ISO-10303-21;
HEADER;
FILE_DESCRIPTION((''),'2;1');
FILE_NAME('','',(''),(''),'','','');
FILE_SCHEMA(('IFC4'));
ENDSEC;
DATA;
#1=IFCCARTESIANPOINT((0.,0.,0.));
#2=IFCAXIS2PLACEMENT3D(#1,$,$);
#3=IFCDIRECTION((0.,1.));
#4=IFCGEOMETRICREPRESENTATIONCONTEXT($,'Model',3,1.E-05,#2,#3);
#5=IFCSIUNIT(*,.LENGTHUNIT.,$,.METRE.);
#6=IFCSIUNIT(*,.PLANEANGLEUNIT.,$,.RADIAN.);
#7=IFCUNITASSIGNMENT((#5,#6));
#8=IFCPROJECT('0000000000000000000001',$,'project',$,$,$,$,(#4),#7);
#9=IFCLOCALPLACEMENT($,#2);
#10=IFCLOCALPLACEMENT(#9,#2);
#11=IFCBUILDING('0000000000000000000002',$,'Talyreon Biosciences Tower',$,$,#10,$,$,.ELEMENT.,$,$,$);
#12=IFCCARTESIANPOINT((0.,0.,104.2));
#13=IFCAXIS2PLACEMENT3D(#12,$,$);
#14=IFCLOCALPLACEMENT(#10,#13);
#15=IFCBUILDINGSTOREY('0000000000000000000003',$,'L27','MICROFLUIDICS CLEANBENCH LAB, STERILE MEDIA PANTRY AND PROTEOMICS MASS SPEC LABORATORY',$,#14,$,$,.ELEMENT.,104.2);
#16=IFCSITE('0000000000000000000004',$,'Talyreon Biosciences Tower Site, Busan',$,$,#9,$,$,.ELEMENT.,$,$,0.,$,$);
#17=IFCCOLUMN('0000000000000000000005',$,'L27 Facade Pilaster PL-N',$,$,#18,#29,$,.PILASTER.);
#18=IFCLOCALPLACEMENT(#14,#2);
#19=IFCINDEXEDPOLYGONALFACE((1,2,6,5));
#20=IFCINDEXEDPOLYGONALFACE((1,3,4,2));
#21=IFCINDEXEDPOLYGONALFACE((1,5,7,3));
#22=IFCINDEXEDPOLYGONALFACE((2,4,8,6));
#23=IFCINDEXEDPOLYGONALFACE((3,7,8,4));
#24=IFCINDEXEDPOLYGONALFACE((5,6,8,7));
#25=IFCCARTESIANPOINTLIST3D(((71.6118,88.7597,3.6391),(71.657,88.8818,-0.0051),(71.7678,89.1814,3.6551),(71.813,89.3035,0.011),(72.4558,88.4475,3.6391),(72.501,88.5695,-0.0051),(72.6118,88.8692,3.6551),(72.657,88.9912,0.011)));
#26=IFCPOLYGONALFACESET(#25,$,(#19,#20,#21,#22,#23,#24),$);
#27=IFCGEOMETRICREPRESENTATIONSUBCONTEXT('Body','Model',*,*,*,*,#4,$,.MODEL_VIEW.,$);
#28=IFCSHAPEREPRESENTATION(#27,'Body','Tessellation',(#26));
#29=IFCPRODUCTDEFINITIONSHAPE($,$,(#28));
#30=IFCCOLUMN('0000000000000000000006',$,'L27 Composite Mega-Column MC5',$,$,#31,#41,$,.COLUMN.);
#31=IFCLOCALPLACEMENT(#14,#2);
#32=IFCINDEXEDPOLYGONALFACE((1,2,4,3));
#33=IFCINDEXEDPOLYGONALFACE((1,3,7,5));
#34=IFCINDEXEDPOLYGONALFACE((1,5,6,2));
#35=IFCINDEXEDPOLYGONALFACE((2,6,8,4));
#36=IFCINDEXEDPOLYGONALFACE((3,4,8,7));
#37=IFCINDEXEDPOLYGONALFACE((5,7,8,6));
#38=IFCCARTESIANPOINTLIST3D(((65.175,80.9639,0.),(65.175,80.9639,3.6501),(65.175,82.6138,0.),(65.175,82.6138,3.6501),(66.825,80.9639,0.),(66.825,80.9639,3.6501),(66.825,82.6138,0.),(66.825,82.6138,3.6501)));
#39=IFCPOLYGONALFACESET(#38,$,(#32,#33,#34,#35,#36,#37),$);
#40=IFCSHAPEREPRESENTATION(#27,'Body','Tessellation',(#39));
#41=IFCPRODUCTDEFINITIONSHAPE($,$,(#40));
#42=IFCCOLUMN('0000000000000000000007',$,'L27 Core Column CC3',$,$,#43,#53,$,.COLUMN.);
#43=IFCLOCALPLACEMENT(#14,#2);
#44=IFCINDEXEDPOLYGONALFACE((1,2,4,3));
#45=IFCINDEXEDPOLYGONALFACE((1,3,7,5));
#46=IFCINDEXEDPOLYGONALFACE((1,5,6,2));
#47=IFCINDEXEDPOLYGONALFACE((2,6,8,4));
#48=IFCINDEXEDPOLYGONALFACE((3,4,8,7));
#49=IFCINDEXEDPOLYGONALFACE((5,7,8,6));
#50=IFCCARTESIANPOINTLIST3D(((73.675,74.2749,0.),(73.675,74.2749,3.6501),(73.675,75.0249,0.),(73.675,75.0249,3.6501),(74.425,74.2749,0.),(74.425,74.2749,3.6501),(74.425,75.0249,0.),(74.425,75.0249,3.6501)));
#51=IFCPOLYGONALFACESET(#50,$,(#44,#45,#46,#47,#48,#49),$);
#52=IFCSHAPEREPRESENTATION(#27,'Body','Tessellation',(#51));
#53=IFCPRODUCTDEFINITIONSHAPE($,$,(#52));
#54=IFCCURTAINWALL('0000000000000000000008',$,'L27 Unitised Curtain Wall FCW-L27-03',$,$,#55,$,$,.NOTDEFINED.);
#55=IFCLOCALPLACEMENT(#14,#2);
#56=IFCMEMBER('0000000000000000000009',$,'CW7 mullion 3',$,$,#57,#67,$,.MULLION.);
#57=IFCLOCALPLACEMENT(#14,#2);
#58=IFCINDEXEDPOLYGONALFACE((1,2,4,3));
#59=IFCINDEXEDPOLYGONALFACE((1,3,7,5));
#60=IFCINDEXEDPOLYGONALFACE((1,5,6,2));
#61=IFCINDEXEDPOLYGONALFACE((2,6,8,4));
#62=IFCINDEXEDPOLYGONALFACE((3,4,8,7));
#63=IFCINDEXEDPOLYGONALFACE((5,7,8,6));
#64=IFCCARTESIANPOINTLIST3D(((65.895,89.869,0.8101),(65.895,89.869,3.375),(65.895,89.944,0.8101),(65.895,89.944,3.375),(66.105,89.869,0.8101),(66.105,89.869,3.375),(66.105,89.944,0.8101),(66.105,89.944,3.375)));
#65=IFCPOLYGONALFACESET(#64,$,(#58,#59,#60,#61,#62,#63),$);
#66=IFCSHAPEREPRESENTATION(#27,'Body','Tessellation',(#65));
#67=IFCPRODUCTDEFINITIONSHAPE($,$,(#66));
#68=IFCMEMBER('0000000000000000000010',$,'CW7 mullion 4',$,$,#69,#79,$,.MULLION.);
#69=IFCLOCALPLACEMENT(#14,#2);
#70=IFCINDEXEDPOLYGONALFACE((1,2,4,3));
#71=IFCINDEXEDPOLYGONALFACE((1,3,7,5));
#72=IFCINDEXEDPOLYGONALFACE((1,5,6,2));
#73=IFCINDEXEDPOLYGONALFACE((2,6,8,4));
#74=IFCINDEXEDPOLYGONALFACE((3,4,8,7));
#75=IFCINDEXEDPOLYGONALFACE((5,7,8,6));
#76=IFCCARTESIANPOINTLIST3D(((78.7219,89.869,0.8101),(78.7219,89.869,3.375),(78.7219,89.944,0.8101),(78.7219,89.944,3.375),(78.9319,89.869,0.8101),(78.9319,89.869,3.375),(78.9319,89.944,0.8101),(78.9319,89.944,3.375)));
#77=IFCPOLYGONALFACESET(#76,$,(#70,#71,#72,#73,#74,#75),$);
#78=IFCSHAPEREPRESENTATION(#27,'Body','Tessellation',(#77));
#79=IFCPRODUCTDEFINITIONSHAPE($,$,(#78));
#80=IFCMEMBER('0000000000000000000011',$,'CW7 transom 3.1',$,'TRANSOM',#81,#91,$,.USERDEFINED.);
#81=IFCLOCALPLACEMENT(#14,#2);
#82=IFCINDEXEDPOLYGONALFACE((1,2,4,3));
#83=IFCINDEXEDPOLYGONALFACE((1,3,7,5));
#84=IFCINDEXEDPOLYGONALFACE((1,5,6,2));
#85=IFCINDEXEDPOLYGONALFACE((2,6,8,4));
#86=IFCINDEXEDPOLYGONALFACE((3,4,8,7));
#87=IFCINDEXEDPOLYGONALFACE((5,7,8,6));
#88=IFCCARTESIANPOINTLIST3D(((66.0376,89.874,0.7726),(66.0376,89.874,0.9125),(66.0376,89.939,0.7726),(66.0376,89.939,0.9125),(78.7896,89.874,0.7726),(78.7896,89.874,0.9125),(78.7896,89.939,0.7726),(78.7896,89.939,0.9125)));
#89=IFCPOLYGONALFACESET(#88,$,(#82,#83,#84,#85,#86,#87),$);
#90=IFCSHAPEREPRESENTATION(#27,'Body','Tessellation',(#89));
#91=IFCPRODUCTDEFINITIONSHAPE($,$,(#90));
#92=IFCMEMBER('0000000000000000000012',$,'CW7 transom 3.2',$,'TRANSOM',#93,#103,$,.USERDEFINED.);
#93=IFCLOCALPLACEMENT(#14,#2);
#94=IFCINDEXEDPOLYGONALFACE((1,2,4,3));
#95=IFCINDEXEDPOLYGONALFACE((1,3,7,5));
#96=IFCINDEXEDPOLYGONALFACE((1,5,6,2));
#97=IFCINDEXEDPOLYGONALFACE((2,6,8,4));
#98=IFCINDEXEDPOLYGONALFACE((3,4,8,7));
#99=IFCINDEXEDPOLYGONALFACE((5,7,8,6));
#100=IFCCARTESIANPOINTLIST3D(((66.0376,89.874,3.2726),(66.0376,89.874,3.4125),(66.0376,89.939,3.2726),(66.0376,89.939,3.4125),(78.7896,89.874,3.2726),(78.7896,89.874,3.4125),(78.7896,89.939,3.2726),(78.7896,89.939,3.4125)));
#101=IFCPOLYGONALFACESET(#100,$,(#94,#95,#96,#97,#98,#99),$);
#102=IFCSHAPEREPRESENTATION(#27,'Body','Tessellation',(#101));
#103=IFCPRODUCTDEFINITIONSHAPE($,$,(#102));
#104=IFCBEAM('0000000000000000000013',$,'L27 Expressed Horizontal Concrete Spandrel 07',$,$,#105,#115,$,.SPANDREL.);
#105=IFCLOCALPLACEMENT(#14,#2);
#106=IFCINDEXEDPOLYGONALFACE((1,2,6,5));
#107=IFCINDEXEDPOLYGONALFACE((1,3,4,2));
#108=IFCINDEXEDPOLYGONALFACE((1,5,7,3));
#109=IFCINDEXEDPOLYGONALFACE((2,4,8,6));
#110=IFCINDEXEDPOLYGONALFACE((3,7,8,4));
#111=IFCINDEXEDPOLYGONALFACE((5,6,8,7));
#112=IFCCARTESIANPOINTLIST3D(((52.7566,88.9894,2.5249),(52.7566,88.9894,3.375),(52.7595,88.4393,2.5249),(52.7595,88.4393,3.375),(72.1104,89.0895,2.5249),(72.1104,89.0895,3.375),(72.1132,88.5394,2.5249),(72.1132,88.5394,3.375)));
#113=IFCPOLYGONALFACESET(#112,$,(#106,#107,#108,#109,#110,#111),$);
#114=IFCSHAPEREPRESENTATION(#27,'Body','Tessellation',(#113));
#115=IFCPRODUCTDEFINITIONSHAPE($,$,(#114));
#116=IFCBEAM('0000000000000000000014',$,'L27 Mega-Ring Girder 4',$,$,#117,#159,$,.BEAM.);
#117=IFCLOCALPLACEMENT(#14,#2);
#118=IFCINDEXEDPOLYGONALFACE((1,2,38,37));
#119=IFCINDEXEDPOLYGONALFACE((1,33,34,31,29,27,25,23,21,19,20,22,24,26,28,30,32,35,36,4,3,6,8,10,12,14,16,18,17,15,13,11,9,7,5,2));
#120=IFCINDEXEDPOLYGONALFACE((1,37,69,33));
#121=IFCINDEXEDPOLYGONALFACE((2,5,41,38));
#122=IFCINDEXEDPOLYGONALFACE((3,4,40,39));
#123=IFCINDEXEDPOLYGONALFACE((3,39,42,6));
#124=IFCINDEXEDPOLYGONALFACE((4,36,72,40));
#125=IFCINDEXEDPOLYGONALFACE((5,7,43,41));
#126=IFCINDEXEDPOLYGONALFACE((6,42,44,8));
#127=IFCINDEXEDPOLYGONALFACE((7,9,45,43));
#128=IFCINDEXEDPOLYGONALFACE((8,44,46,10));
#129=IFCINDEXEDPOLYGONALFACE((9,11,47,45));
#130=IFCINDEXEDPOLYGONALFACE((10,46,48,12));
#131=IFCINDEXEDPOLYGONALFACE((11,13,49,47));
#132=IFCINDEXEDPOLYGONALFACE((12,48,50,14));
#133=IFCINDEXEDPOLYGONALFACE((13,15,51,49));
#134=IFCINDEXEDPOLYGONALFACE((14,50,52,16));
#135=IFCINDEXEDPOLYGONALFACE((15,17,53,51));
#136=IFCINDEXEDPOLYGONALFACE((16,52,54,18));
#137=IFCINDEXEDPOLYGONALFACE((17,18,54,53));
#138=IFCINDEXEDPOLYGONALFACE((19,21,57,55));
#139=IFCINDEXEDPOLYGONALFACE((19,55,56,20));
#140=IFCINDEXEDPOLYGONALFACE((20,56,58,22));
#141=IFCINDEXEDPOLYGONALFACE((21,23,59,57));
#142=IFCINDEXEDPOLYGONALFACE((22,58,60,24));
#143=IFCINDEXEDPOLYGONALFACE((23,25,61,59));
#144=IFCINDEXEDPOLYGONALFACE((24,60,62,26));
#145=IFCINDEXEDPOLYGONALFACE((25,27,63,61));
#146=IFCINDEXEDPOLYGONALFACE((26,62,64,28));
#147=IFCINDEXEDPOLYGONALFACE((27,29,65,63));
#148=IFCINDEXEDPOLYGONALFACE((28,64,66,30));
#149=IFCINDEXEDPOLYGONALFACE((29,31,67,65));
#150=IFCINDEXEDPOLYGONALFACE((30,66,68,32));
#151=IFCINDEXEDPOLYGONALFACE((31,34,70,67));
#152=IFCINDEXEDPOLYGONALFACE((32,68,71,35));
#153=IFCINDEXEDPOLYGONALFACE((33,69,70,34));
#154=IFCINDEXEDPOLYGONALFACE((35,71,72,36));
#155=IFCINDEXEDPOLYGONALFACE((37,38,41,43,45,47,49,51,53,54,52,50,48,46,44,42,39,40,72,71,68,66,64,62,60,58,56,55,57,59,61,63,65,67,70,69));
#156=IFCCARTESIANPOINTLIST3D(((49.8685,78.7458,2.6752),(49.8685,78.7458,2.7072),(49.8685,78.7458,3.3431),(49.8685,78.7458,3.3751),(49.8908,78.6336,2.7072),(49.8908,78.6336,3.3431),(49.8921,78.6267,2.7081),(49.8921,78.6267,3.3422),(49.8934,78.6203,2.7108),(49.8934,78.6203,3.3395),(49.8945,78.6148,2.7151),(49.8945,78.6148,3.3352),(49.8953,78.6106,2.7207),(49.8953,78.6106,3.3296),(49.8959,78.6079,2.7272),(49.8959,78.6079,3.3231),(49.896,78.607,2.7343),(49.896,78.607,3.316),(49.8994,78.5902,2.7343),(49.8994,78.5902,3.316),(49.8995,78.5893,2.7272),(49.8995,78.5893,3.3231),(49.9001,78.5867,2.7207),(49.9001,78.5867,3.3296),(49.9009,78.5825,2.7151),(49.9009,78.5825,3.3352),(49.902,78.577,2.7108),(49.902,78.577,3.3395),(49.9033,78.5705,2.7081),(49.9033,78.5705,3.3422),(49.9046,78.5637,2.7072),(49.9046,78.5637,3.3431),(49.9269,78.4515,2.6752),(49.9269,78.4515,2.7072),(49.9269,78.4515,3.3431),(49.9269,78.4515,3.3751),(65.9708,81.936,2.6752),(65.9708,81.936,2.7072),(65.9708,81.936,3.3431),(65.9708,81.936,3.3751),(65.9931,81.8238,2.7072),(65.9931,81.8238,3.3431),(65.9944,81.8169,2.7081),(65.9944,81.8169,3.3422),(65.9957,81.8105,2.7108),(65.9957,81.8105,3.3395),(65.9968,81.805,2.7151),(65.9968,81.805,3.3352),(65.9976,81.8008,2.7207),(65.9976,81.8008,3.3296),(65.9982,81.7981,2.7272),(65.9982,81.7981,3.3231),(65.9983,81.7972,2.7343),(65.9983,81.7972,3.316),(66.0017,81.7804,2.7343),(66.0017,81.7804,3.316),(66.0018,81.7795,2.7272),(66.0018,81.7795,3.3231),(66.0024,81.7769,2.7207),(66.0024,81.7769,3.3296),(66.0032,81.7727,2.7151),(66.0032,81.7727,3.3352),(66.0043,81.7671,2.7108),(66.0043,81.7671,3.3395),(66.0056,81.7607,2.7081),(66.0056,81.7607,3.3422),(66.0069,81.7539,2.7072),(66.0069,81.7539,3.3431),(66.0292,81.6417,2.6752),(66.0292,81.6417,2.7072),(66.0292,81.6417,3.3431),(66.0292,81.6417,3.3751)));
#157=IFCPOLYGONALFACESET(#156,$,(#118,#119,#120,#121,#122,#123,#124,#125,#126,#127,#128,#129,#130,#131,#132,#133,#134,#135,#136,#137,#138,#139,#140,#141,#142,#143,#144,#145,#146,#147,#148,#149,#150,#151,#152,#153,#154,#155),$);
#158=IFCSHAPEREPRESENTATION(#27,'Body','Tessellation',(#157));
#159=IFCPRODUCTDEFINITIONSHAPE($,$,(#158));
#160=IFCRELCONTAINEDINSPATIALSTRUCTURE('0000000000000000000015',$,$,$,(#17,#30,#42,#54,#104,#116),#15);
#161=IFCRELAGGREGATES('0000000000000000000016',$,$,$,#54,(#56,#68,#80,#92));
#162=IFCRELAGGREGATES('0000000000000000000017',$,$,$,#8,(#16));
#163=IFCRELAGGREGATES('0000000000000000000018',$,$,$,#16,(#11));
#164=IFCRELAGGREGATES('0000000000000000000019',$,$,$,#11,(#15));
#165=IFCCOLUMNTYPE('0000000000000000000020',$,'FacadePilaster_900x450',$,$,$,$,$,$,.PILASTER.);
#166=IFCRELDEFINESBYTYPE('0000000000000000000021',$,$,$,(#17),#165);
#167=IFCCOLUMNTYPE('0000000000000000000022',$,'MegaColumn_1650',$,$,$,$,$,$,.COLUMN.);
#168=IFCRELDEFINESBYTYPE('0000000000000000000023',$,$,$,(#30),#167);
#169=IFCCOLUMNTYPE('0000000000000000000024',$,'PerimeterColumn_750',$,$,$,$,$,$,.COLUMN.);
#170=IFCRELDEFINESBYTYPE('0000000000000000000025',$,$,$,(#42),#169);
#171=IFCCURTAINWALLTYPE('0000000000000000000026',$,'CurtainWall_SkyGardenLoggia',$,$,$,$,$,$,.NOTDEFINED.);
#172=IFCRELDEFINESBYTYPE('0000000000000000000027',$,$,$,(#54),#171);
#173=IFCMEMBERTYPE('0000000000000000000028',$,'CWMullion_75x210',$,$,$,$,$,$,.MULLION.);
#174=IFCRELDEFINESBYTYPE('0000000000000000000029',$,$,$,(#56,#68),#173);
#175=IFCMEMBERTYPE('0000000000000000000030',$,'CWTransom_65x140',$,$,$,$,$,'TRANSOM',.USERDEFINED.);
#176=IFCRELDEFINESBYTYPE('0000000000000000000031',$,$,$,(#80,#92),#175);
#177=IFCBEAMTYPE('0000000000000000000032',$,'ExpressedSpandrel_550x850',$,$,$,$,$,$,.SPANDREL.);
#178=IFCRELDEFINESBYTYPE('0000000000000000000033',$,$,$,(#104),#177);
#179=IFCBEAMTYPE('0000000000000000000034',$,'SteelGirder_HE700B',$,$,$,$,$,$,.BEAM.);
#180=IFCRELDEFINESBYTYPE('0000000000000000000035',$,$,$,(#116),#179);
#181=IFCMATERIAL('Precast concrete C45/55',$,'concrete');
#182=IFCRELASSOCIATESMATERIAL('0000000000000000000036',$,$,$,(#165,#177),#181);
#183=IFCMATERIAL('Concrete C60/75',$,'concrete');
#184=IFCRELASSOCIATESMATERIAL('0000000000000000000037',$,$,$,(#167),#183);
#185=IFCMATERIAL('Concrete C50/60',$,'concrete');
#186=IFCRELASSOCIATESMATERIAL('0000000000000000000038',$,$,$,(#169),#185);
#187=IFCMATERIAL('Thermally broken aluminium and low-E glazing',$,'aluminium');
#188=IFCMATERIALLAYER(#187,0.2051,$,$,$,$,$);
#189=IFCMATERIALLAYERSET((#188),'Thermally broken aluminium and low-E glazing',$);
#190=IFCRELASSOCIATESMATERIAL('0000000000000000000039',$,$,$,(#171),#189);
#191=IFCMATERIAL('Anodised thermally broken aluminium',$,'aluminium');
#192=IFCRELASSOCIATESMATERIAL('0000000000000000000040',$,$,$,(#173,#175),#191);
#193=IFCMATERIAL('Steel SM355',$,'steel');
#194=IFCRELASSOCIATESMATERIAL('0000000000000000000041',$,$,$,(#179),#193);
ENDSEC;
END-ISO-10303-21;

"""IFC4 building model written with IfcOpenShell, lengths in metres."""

from ifc_helpers import new_model, si_unit, direction, frame, origin, origin_2d, place, context, subcontext, project, spatial, rectangle, i_section, extrude, material, layer, layer_set, material_profile, profile_set, type_object, element, aggregate, save


model = new_model("IFC4")

# Units and contexts
model_context = context("Model", 3, precision=1e-05, world=origin(), true_north=direction((0.0, 1.0)))
body_context = subcontext(model_context, "Body", "Model", "MODEL_VIEW")
ifc_project = project(units=[si_unit("LENGTHUNIT", "METRE"), si_unit("PLANEANGLEUNIT", "RADIAN")], contexts=[model_context])

# Site, building, storey
site_placement = place(None, origin())
site = spatial("IfcSite", under=ifc_project, at=site_placement, Name="Talyreon Biosciences Tower Site, Busan", CompositionType="ELEMENT", RefElevation=0.0)
building_placement = place(site_placement, origin())
building = spatial("IfcBuilding", under=site, at=building_placement, Name="Talyreon Biosciences Tower", CompositionType="ELEMENT")
storey_placement = place(building_placement, frame((0.0, 0.0, 104.2)))
storey = spatial("IfcBuildingStorey", under=building, at=storey_placement, Name="L27", Description="MICROFLUIDICS CLEANBENCH LAB, STERILE MEDIA PANTRY AND PROTEOMICS MASS SPEC LABORATORY", CompositionType="ELEMENT", Elevation=104.2)

# Columns
ifc_material_1 = material(Name="Precast concrete C45/55", Category="concrete")
ifc_material_profile_1 = material_profile(ifc_material_1, rectangle(XDim=0.8999, YDim=0.45, at=origin_2d()), Name="RC 900x450")
ifc_profile_set_1 = profile_set([ifc_material_profile_1], Name="Precast concrete C45/55")
column_type_1 = type_object("IfcColumnType", Name="FacadePilaster_900x450", PredefinedType="PILASTER", material=ifc_profile_set_1)
column_1_placement = place(storey_placement, frame((72.157, 88.9365, 0.0029), z_axis=(-0.012387, -0.033477, 0.999363), x_axis=(-0.937862, 0.347009, 0.0)))
element("IfcColumn", 1, at=column_1_placement, inside=storey, type_object=column_type_1, Name="L27 Facade Pilaster PL-N", PredefinedType="PILASTER", context=body_context, shape_type="SweptSolid", body=[
    extrude(rectangle(XDim=0.8999, YDim=0.45, at=origin_2d()), origin(), (0.0, 0.0, 1.0), 3.6465),
])
ifc_material_2 = material(Name="Concrete C60/75", Category="concrete")
ifc_material_profile_2 = material_profile(ifc_material_2, rectangle(XDim=1.6499, YDim=1.6499, at=origin_2d()), Name="RC 1650x1650")
ifc_profile_set_2 = profile_set([ifc_material_profile_2], Name="Concrete C60/75")
column_type_2 = type_object("IfcColumnType", Name="MegaColumn_1650", PredefinedType="COLUMN", material=ifc_profile_set_2)
column_2_placement = place(storey_placement, frame((66.0, 81.7888, 0.0), z_axis=(0.0, 0.0, 1.0), x_axis=(1.0, 0.0, 0.0)))
element("IfcColumn", 2, at=column_2_placement, inside=storey, type_object=column_type_2, Name="L27 Composite Mega-Column MC5", PredefinedType="COLUMN", context=body_context, shape_type="SweptSolid", body=[
    extrude(rectangle(XDim=1.6499, YDim=1.6499, at=origin_2d()), origin(), (0.0, 0.0, 1.0), 3.6501),
])
ifc_material_3 = material(Name="Concrete C50/60", Category="concrete")
ifc_material_profile_3 = material_profile(ifc_material_3, rectangle(XDim=0.75, YDim=0.75, at=origin_2d()), Name="RC 750x750")
ifc_profile_set_3 = profile_set([ifc_material_profile_3], Name="Concrete C50/60")
column_type_3 = type_object("IfcColumnType", Name="PerimeterColumn_750", PredefinedType="COLUMN", material=ifc_profile_set_3)
column_3_placement = place(storey_placement, frame((74.05, 74.6499, 0.0), z_axis=(0.0, 0.0, 1.0), x_axis=(1.0, 0.0, 0.0)))
element("IfcColumn", 3, at=column_3_placement, inside=storey, type_object=column_type_3, Name="L27 Core Column CC3", PredefinedType="COLUMN", context=body_context, shape_type="SweptSolid", body=[
    extrude(rectangle(XDim=0.75, YDim=0.75, at=origin_2d()), origin(), (0.0, 0.0, 1.0), 3.6501),
])

# Curtain wall, members
ifc_material_4 = material(Name="Thermally broken aluminium and low-E glazing", Category="aluminium")
ifc_layer_1 = layer(ifc_material_4, 0.2051)
ifc_layer_set_1 = layer_set([ifc_layer_1], Name="Thermally broken aluminium and low-E glazing")
curtain_wall_type = type_object("IfcCurtainWallType", Name="CurtainWall_SkyGardenLoggia", PredefinedType="NOTDEFINED", material=ifc_layer_set_1)
curtain_wall_placement = place(storey_placement, origin())
curtain_wall = element("IfcCurtainWall", 4, at=curtain_wall_placement, inside=storey, type_object=curtain_wall_type, Name="L27 Unitised Curtain Wall FCW-L27-03", PredefinedType="NOTDEFINED")
ifc_material_5 = material(Name="Anodised thermally broken aluminium", Category="aluminium")
ifc_material_profile_4 = material_profile(ifc_material_5, rectangle(XDim=0.075, YDim=0.21, at=origin_2d()), Name="ALUM MULLION 75x210")
ifc_profile_set_4 = profile_set([ifc_material_profile_4], Name="Anodised thermally broken aluminium")
member_type_1 = type_object("IfcMemberType", Name="CWMullion_75x210", PredefinedType="MULLION", material=ifc_profile_set_4)
member_1_placement = place(storey_placement, frame((66.0, 89.9065, 0.8101), z_axis=(0.0, 0.0, 1.0), x_axis=(0.0, 1.0, 0.0)))
member_1 = element("IfcMember", 5, at=member_1_placement, type_object=member_type_1, Name="CW7 mullion 3", PredefinedType="MULLION", context=body_context, shape_type="SweptSolid", body=[
    extrude(rectangle(XDim=0.075, YDim=0.21, at=origin_2d()), origin(), (0.0, 0.0, 1.0), 2.5649),
])
member_2_placement = place(storey_placement, frame((78.8269, 89.9065, 0.8101), z_axis=(0.0, 0.0, 1.0), x_axis=(0.0, 1.0, 0.0)))
member_2 = element("IfcMember", 6, at=member_2_placement, type_object=member_type_1, Name="CW7 mullion 4", PredefinedType="MULLION", context=body_context, shape_type="SweptSolid", body=[
    extrude(rectangle(XDim=0.075, YDim=0.21, at=origin_2d()), origin(), (0.0, 0.0, 1.0), 2.5649),
])
ifc_material_profile_5 = material_profile(ifc_material_5, rectangle(XDim=0.0649, YDim=0.1399, at=origin_2d()), Name="ALUM TRANSOM 65x140")
ifc_profile_set_5 = profile_set([ifc_material_profile_5], Name="Anodised thermally broken aluminium")
member_type_2 = type_object("IfcMemberType", Name="CWTransom_65x140", ElementType="TRANSOM", PredefinedType="USERDEFINED", material=ifc_profile_set_5)
member_3_placement = place(storey_placement, frame((66.0376, 89.9065, 0.8425), z_axis=(1.0, 0.0, 0.0), x_axis=(0.0, 1.0, 0.0)))
member_3 = element("IfcMember", 7, at=member_3_placement, type_object=member_type_2, Name="CW7 transom 3.1", ObjectType="TRANSOM", PredefinedType="USERDEFINED", context=body_context, shape_type="SweptSolid", body=[
    extrude(rectangle(XDim=0.0649, YDim=0.1399, at=origin_2d()), origin(), (0.0, 0.0, 1.0), 12.752),
])
member_4_placement = place(storey_placement, frame((66.0376, 89.9065, 3.3425), z_axis=(1.0, 0.0, 0.0), x_axis=(0.0, 1.0, 0.0)))
member_4 = element("IfcMember", 8, at=member_4_placement, type_object=member_type_2, Name="CW7 transom 3.2", ObjectType="TRANSOM", PredefinedType="USERDEFINED", context=body_context, shape_type="SweptSolid", body=[
    extrude(rectangle(XDim=0.0649, YDim=0.1399, at=origin_2d()), origin(), (0.0, 0.0, 1.0), 12.752),
])

# Beams
ifc_material_profile_6 = material_profile(ifc_material_1, rectangle(XDim=0.55, YDim=0.8501, at=origin_2d()), Name="RCB 550x850")
ifc_profile_set_6 = profile_set([ifc_material_profile_6], Name="Precast concrete C45/55")
beam_type_1 = type_object("IfcBeamType", Name="ExpressedSpandrel_550x850", PredefinedType="SPANDREL", material=ifc_profile_set_6)
beam_1_placement = place(storey_placement, frame((72.1118, 88.8145, 2.95), z_axis=(-0.999987, -0.005172, 0.0), x_axis=(0.005172, -0.999987, 0.0)))
element("IfcBeam", 9, at=beam_1_placement, inside=storey, type_object=beam_type_1, Name="L27 Expressed Horizontal Concrete Spandrel 07", PredefinedType="SPANDREL", context=body_context, shape_type="SweptSolid", body=[
    extrude(rectangle(XDim=0.55, YDim=0.8501, at=origin_2d()), origin(), (0.0, 0.0, 1.0), 19.354),
])
ifc_material_6 = material(Name="Steel SM355", Category="steel")
ifc_material_profile_7 = material_profile(ifc_material_6, i_section(OverallWidth=0.3, OverallDepth=0.7, WebThickness=0.0171, FlangeThickness=0.032, FilletRadius=0.0271, at=origin_2d()), Name="HE700B")
ifc_profile_set_7 = profile_set([ifc_material_profile_7], Name="Steel SM355")
beam_type_2 = type_object("IfcBeamType", Name="SteelGirder_HE700B", PredefinedType="BEAM", material=ifc_profile_set_7)
beam_2_placement = place(storey_placement, frame((66.0, 81.7888, 3.0251), z_axis=(-0.980934, -0.194343, 0.0), x_axis=(0.194343, -0.980934, 0.0)))
element("IfcBeam", 10, at=beam_2_placement, inside=storey, type_object=beam_type_2, Name="L27 Mega-Ring Girder 4", PredefinedType="BEAM", context=body_context, shape_type="SweptSolid", body=[
    extrude(i_section(OverallWidth=0.3, OverallDepth=0.7, WebThickness=0.0171, FlangeThickness=0.032, FilletRadius=0.0271, at=origin_2d()), origin(), (0.0, 0.0, 1.0), 16.4153),
])

aggregate(curtain_wall, [member_1, member_2, member_3, member_4])

save(model, "model.ifc")
